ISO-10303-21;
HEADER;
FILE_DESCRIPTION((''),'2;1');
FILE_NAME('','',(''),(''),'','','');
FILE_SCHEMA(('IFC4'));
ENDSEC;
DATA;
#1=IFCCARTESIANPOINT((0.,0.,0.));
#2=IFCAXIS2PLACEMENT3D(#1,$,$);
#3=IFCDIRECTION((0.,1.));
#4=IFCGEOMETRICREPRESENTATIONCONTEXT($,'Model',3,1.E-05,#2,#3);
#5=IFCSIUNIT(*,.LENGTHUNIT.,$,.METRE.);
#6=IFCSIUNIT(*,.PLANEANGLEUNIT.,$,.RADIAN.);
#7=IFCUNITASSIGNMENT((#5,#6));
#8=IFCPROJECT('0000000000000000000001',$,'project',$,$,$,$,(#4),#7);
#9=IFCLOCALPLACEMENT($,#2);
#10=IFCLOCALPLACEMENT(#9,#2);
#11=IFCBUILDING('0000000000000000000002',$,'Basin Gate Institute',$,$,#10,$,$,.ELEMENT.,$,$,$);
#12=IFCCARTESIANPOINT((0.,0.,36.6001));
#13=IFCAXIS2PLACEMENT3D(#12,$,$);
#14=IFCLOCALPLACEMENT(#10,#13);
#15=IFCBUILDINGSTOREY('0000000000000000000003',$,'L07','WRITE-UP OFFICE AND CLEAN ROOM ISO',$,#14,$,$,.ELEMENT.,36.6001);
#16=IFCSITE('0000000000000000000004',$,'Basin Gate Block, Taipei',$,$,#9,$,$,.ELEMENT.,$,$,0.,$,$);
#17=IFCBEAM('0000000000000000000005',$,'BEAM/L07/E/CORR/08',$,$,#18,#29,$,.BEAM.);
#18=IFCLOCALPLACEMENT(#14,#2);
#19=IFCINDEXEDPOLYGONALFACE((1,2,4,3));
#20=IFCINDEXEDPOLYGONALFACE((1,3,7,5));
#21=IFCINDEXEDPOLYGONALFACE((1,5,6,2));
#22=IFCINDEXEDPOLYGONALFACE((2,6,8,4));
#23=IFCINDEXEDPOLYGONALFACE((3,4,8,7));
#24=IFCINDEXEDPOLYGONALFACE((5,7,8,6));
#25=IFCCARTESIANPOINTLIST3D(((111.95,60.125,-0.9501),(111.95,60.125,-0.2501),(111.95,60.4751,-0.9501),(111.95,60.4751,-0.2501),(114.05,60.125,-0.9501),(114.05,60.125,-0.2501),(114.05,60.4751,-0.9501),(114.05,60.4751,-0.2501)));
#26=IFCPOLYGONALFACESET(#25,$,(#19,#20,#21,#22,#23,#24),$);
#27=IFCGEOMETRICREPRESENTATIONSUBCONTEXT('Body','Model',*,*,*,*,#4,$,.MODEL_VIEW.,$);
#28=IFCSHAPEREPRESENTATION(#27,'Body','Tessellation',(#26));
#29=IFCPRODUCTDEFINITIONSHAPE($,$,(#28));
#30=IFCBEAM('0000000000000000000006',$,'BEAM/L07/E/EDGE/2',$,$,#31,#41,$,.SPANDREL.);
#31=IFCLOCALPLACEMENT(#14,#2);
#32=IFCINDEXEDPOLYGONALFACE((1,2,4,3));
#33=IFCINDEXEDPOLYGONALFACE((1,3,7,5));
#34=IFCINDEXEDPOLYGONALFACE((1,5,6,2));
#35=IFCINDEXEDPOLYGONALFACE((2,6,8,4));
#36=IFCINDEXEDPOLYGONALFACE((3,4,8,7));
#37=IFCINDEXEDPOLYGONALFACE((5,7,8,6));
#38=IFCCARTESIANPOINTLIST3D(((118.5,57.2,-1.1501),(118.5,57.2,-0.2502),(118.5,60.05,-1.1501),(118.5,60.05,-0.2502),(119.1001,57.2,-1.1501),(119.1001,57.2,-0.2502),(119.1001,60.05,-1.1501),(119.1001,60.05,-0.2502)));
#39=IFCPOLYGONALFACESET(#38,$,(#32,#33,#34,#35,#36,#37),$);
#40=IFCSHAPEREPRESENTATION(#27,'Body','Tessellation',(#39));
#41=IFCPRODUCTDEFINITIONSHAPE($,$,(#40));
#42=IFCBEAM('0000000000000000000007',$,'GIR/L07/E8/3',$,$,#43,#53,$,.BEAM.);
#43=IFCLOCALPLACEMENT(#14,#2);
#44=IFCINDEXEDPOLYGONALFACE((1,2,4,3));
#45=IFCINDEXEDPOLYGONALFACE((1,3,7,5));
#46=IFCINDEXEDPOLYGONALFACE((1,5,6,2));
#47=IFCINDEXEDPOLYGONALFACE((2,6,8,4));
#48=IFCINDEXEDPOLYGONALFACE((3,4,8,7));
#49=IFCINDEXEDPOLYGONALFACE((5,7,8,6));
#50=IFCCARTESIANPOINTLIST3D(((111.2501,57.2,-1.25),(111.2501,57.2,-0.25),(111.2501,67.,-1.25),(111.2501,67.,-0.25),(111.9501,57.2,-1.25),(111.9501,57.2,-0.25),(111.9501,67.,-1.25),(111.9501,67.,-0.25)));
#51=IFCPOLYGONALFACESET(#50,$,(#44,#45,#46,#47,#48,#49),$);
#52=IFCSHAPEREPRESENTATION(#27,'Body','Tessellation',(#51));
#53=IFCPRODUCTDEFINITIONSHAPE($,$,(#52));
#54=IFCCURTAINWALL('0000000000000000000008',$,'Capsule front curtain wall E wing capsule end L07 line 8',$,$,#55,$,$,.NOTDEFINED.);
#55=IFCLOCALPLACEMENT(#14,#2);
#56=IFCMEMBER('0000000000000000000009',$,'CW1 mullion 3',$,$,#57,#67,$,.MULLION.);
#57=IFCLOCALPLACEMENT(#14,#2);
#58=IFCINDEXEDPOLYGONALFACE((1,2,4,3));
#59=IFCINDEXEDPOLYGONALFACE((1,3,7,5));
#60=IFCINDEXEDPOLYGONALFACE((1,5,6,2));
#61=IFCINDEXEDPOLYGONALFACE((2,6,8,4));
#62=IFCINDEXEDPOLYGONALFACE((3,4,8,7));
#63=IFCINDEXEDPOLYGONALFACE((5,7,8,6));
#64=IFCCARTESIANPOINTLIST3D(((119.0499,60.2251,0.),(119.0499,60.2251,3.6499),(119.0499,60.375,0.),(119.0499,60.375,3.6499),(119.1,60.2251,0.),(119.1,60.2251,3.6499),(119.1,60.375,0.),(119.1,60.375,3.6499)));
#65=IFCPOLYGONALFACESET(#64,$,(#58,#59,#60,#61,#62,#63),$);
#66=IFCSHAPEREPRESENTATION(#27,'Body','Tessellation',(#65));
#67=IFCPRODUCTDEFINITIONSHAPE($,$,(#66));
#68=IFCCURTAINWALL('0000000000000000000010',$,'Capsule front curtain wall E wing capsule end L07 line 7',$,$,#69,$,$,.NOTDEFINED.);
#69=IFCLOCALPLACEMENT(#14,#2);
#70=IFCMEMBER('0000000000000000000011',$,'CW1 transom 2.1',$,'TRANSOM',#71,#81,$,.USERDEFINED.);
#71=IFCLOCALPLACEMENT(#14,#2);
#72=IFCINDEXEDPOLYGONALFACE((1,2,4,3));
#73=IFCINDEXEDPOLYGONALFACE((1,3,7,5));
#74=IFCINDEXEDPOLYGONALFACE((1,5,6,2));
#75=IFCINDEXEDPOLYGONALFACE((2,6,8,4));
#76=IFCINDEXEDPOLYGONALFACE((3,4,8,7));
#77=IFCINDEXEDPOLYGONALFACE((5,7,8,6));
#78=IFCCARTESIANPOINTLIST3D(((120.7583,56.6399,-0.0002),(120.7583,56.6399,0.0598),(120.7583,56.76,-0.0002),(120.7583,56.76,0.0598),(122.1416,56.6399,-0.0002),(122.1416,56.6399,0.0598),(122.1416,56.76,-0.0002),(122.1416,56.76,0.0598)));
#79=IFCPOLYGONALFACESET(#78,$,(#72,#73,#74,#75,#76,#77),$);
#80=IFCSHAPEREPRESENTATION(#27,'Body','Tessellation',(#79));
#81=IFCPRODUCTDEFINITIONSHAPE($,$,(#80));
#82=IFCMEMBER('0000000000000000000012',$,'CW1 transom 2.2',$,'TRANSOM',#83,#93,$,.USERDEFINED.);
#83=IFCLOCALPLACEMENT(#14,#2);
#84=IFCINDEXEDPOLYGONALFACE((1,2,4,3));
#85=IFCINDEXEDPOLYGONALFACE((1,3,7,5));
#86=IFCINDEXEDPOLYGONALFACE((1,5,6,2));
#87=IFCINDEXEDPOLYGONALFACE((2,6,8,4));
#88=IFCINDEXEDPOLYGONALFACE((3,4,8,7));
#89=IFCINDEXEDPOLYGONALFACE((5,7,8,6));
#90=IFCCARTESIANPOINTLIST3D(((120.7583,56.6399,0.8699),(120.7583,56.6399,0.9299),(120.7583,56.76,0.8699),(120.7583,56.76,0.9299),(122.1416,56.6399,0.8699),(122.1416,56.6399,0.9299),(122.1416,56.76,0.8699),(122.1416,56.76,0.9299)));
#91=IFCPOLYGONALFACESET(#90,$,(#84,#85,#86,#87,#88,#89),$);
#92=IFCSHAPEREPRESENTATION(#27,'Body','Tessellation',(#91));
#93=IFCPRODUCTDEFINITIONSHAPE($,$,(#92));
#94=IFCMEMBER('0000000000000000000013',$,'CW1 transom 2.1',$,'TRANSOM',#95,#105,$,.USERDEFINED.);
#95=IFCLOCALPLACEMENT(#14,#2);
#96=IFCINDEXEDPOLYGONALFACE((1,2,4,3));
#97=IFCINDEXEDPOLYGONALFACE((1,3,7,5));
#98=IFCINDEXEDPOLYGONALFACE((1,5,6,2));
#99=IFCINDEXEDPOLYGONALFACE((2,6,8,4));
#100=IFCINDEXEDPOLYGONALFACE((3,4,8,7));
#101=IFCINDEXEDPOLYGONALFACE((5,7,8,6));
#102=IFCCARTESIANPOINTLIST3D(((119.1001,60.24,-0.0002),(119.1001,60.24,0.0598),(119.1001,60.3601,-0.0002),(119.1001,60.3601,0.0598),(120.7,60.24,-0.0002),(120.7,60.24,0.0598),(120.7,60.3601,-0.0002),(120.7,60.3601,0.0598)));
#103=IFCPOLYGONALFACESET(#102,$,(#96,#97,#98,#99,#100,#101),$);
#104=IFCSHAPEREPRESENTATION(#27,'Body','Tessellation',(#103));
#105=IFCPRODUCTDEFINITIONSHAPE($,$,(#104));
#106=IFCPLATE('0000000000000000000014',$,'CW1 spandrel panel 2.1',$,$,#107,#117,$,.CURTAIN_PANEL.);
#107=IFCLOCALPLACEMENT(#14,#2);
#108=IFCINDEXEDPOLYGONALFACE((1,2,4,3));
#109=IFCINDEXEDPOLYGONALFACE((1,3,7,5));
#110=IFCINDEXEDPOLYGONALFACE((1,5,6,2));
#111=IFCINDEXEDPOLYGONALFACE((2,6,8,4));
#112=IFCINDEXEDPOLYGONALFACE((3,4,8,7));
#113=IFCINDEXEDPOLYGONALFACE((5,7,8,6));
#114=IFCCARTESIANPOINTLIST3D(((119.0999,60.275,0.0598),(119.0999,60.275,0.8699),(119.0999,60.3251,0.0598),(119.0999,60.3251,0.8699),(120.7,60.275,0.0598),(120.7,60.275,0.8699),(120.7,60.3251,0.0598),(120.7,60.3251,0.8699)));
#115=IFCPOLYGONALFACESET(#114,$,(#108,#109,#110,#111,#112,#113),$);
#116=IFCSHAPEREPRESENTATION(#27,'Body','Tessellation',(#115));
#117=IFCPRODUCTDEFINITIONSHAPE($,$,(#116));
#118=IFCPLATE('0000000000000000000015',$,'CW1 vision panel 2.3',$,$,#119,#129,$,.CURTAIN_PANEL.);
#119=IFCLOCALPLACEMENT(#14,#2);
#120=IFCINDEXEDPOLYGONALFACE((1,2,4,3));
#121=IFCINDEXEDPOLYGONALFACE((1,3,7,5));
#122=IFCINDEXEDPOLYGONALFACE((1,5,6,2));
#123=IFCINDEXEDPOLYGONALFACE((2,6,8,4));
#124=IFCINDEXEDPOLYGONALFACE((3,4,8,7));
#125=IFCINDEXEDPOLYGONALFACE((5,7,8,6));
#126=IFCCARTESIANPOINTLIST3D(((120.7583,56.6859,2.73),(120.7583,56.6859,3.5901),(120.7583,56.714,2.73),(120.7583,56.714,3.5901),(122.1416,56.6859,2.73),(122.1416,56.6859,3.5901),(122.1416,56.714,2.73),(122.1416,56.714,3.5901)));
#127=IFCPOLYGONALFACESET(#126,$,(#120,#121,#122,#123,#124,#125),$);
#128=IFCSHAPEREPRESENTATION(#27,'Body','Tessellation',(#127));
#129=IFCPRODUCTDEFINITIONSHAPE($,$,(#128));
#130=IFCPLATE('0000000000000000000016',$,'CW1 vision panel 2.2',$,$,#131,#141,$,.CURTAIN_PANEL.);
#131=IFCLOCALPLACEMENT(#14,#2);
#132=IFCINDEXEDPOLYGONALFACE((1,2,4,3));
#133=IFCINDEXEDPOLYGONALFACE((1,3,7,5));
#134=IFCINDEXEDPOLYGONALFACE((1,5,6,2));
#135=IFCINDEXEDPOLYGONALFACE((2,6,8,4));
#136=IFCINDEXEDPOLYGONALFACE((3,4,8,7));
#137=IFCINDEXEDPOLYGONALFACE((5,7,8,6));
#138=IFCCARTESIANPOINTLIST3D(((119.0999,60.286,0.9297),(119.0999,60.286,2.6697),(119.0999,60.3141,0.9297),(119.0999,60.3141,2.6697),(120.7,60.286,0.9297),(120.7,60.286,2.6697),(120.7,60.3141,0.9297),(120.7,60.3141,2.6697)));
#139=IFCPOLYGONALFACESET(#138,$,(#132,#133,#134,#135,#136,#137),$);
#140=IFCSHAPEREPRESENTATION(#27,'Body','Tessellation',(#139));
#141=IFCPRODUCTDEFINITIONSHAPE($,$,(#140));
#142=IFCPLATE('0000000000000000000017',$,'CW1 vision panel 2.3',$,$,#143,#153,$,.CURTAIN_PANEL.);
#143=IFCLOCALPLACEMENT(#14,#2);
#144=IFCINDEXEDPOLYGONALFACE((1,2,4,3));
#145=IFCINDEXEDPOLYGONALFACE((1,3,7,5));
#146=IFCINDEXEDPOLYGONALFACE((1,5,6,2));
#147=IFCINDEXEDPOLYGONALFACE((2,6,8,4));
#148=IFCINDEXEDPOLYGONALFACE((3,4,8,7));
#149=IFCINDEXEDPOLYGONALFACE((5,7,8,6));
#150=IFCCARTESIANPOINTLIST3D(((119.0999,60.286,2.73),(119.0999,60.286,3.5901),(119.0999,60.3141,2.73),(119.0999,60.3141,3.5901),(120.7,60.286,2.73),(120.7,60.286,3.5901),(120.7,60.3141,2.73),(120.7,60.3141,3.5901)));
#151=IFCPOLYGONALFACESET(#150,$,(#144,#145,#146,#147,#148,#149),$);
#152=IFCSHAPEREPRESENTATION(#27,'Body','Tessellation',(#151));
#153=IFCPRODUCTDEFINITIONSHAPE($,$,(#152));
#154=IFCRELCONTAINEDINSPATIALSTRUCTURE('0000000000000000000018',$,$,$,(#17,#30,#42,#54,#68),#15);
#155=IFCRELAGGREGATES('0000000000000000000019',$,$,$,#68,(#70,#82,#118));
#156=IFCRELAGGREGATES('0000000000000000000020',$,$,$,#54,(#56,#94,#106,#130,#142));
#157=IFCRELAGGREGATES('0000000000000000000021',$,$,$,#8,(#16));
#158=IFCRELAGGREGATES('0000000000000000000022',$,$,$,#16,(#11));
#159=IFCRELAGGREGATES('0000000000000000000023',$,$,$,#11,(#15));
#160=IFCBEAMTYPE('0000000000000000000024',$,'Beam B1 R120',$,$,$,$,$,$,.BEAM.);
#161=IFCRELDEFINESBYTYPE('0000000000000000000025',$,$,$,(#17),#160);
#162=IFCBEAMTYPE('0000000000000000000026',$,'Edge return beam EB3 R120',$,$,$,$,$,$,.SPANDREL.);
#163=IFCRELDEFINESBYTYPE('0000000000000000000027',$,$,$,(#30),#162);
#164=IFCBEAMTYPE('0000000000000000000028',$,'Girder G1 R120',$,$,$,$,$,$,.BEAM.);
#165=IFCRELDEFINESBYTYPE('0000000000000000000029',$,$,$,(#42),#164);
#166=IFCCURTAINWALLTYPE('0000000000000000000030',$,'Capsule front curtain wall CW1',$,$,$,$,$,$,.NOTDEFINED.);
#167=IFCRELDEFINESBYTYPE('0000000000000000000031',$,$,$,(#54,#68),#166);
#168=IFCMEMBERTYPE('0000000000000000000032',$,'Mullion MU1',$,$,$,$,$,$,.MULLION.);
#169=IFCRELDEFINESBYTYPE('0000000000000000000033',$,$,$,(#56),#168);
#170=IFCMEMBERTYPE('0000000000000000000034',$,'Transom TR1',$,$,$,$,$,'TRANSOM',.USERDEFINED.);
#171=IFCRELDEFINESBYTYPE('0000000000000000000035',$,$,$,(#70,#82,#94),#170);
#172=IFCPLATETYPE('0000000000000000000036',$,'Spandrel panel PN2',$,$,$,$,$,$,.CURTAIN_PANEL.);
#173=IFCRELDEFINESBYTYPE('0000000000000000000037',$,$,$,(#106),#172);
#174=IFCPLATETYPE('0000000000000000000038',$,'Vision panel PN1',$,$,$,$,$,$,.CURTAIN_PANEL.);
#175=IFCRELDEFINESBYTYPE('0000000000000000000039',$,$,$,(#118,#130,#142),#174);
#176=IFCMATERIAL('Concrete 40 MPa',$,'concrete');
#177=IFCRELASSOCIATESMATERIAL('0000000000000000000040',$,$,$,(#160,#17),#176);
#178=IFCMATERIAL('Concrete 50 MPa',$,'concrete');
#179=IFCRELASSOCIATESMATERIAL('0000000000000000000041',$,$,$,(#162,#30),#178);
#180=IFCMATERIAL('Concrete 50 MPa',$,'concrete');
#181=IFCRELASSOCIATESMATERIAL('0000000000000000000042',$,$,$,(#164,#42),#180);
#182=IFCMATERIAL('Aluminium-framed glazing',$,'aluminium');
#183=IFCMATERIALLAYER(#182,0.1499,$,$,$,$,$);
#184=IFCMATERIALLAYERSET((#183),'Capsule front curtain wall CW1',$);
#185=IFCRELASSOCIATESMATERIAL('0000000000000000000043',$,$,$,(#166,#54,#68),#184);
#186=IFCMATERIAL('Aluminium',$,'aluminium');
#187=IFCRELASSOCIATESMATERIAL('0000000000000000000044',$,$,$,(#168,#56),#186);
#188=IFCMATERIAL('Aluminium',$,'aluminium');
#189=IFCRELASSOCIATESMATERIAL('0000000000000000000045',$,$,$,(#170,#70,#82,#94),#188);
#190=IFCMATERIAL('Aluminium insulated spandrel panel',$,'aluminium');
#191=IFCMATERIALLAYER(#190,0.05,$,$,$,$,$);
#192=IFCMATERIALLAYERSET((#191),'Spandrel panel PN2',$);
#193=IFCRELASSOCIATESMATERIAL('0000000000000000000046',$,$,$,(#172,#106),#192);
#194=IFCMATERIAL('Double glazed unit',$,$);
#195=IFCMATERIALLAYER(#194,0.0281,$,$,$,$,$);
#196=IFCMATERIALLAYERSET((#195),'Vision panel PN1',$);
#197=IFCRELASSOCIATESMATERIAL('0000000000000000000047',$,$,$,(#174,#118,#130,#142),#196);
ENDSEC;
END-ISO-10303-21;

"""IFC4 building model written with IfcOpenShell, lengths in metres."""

from ifc_helpers import new_model, si_unit, direction, frame, origin, origin_2d, place, context, subcontext, project, spatial, rectangle, extrude, material, layer, layer_set, material_profile, profile_set, type_object, element, aggregate, save


model = new_model("IFC4")

# Units and contexts
model_context = context("Model", 3, precision=1e-05, world=origin(), true_north=direction((0.0, 1.0)))
body_context = subcontext(model_context, "Body", "Model", "MODEL_VIEW")
ifc_project = project(units=[si_unit("LENGTHUNIT", "METRE"), si_unit("PLANEANGLEUNIT", "RADIAN")], contexts=[model_context])

# Site, building, storey
site_placement = place(None, origin())
site = spatial("IfcSite", under=ifc_project, at=site_placement, Name="Basin Gate Block, Taipei", CompositionType="ELEMENT", RefElevation=0.0)
building_placement = place(site_placement, origin())
building = spatial("IfcBuilding", under=site, at=building_placement, Name="Basin Gate Institute", CompositionType="ELEMENT")
storey_placement = place(building_placement, frame((0.0, 0.0, 36.6001)))
storey = spatial("IfcBuildingStorey", under=building, at=storey_placement, Name="L07", Description="WRITE-UP OFFICE AND CLEAN ROOM ISO", CompositionType="ELEMENT", Elevation=36.6001)

# Beams
ifc_material_1 = material(Name="Concrete 40 MPa", Category="concrete")
ifc_material_profile_1 = material_profile(ifc_material_1, rectangle(XDim=0.3501, YDim=0.7, at=origin_2d()), Name="Beam B1 350 x 700")
ifc_profile_set_1 = profile_set([ifc_material_profile_1], Name="Concrete 40 MPa")
beam_type_1 = type_object("IfcBeamType", Name="Beam B1 R120", PredefinedType="BEAM", material=ifc_profile_set_1)
beam_1_placement = place(storey_placement, frame((114.05, 60.3, -0.6001), z_axis=(-1.0, 0.0, 0.0), x_axis=(0.0, -1.0, 0.0)))
element("IfcBeam", 1, at=beam_1_placement, inside=storey, type_object=beam_type_1, material=ifc_profile_set_1, Name="BEAM/L07/E/CORR/08", PredefinedType="BEAM", context=body_context, shape_type="SweptSolid", body=[
    extrude(rectangle(XDim=0.3501, YDim=0.7, at=origin_2d()), origin(), (0.0, 0.0, 1.0), 2.1001),
])
ifc_material_2 = material(Name="Concrete 50 MPa", Category="concrete")
ifc_material_profile_2 = material_profile(ifc_material_2, rectangle(XDim=0.6001, YDim=0.8999, at=origin_2d()), Name="Edge return beam EB3 600 x 900")
ifc_profile_set_2 = profile_set([ifc_material_profile_2], Name="Concrete 50 MPa")
beam_type_2 = type_object("IfcBeamType", Name="Edge return beam EB3 R120", PredefinedType="SPANDREL", material=ifc_profile_set_2)
beam_2_placement = place(storey_placement, frame((118.8, 57.2, -0.7002), z_axis=(0.0, 1.0, 0.0), x_axis=(-1.0, 0.0, 0.0)))
element("IfcBeam", 2, at=beam_2_placement, inside=storey, type_object=beam_type_2, material=ifc_profile_set_2, Name="BEAM/L07/E/EDGE/2", PredefinedType="SPANDREL", context=body_context, shape_type="SweptSolid", body=[
    extrude(rectangle(XDim=0.6001, YDim=0.8999, at=origin_2d()), origin(), (0.0, 0.0, 1.0), 2.8501),
])
ifc_material_3 = material(Name="Concrete 50 MPa", Category="concrete")
ifc_material_profile_3 = material_profile(ifc_material_3, rectangle(XDim=0.7, YDim=1.0, at=origin_2d()), Name="Girder G1 700 x 1000")
ifc_profile_set_3 = profile_set([ifc_material_profile_3], Name="Concrete 50 MPa")
beam_type_3 = type_object("IfcBeamType", Name="Girder G1 R120", PredefinedType="BEAM", material=ifc_profile_set_3)
beam_3_placement = place(storey_placement, frame((111.6001, 57.2, -0.75), z_axis=(0.0, 1.0, 0.0), x_axis=(-1.0, 0.0, 0.0)))
element("IfcBeam", 3, at=beam_3_placement, inside=storey, type_object=beam_type_3, material=ifc_profile_set_3, Name="GIR/L07/E8/3", PredefinedType="BEAM", context=body_context, shape_type="SweptSolid", body=[
    extrude(rectangle(XDim=0.7, YDim=1.0, at=origin_2d()), origin(), (0.0, 0.0, 1.0), 9.8),
])

# Curtain wall, member
ifc_material_4 = material(Name="Aluminium-framed glazing", Category="aluminium")
ifc_layer_1 = layer(ifc_material_4, 0.1499)
ifc_layer_set_1 = layer_set([ifc_layer_1], Name="Capsule front curtain wall CW1")
curtain_wall_type = type_object("IfcCurtainWallType", Name="Capsule front curtain wall CW1", PredefinedType="NOTDEFINED", material=ifc_layer_set_1)
curtain_wall_1_placement = place(storey_placement, origin())
curtain_wall_1 = element("IfcCurtainWall", 4, at=curtain_wall_1_placement, inside=storey, type_object=curtain_wall_type, material=ifc_layer_set_1, Name="Capsule front curtain wall E wing capsule end L07 line 8", PredefinedType="NOTDEFINED")
ifc_material_5 = material(Name="Aluminium", Category="aluminium")
ifc_material_profile_4 = material_profile(ifc_material_5, rectangle(XDim=0.1499, YDim=0.05, at=origin_2d()), Name="Mullion MU1 150 x 50")
ifc_profile_set_4 = profile_set([ifc_material_profile_4], Name="Aluminium")
member_type_1 = type_object("IfcMemberType", Name="Mullion MU1", PredefinedType="MULLION", material=ifc_profile_set_4)
member_1_placement = place(storey_placement, frame((119.075, 60.3, 0.0), z_axis=(0.0, 0.0, 1.0), x_axis=(0.0, -1.0, 0.0)))
member_1 = element("IfcMember", 5, at=member_1_placement, type_object=member_type_1, material=ifc_profile_set_4, Name="CW1 mullion 3", PredefinedType="MULLION", context=body_context, shape_type="SweptSolid", body=[
    extrude(rectangle(XDim=0.1499, YDim=0.05, at=origin_2d()), origin(), (0.0, 0.0, 1.0), 3.6499),
])

# Curtain wall, members
curtain_wall_2_placement = place(storey_placement, origin())
curtain_wall_2 = element("IfcCurtainWall", 6, at=curtain_wall_2_placement, inside=storey, type_object=curtain_wall_type, material=ifc_layer_set_1, Name="Capsule front curtain wall E wing capsule end L07 line 7", PredefinedType="NOTDEFINED")
ifc_material_6 = material(Name="Aluminium", Category="aluminium")
ifc_material_profile_5 = material_profile(ifc_material_6, rectangle(XDim=0.1201, YDim=0.0601, at=origin_2d()), Name="Transom TR1 120 x 60")
ifc_profile_set_5 = profile_set([ifc_material_profile_5], Name="Aluminium")
member_type_2 = type_object("IfcMemberType", Name="Transom TR1", ElementType="TRANSOM", PredefinedType="USERDEFINED", material=ifc_profile_set_5)
member_2_placement = place(storey_placement, frame((122.1416, 56.7, 0.0298), z_axis=(-1.0, 0.0, 0.0), x_axis=(0.0, -1.0, 0.0)))
member_2 = element("IfcMember", 7, at=member_2_placement, type_object=member_type_2, material=ifc_profile_set_5, Name="CW1 transom 2.1", ObjectType="TRANSOM", PredefinedType="USERDEFINED", context=body_context, shape_type="SweptSolid", body=[
    extrude(rectangle(XDim=0.1201, YDim=0.0601, at=origin_2d()), origin(), (0.0, 0.0, 1.0), 1.3833),
])
member_3_placement = place(storey_placement, frame((122.1416, 56.7, 0.8999), z_axis=(-1.0, 0.0, 0.0), x_axis=(0.0, -1.0, 0.0)))
member_3 = element("IfcMember", 8, at=member_3_placement, type_object=member_type_2, material=ifc_profile_set_5, Name="CW1 transom 2.2", ObjectType="TRANSOM", PredefinedType="USERDEFINED", context=body_context, shape_type="SweptSolid", body=[
    extrude(rectangle(XDim=0.1201, YDim=0.0601, at=origin_2d()), origin(), (0.0, 0.0, 1.0), 1.3833),
])

# Member
member_4_placement = place(storey_placement, frame((120.7, 60.3, 0.0298), z_axis=(-1.0, 0.0, 0.0), x_axis=(0.0, -1.0, 0.0)))
member_4 = element("IfcMember", 9, at=member_4_placement, type_object=member_type_2, material=ifc_profile_set_5, Name="CW1 transom 2.1", ObjectType="TRANSOM", PredefinedType="USERDEFINED", context=body_context, shape_type="SweptSolid", body=[
    extrude(rectangle(XDim=0.1201, YDim=0.0601, at=origin_2d()), origin(), (0.0, 0.0, 1.0), 1.5999),
])

# Plates
ifc_material_7 = material(Name="Aluminium insulated spandrel panel", Category="aluminium")
ifc_layer_2 = layer(ifc_material_7, 0.05)
ifc_layer_set_2 = layer_set([ifc_layer_2], Name="Spandrel panel PN2")
plate_type_1 = type_object("IfcPlateType", Name="Spandrel panel PN2", PredefinedType="CURTAIN_PANEL", material=ifc_layer_set_2)
plate_1_placement = place(storey_placement, frame((119.8999, 60.3, 0.0598), z_axis=(0.0, 0.0, 1.0), x_axis=(-1.0, 0.0, 0.0)))
plate_1 = element("IfcPlate", 10, at=plate_1_placement, type_object=plate_type_1, material=ifc_layer_set_2, Name="CW1 spandrel panel 2.1", PredefinedType="CURTAIN_PANEL", context=body_context, shape_type="SweptSolid", body=[
    extrude(rectangle(XDim=1.6001, YDim=0.05, at=origin_2d()), origin(), (0.0, 0.0, 1.0), 0.8101),
])
ifc_material_8 = material(Name="Double glazed unit")
ifc_layer_3 = layer(ifc_material_8, 0.0281)
ifc_layer_set_3 = layer_set([ifc_layer_3], Name="Vision panel PN1")
plate_type_2 = type_object("IfcPlateType", Name="Vision panel PN1", PredefinedType="CURTAIN_PANEL", material=ifc_layer_set_3)
plate_2_placement = place(storey_placement, frame((121.45, 56.7, 2.73), z_axis=(0.0, 0.0, 1.0), x_axis=(-1.0, 0.0, 0.0)))
plate_2 = element("IfcPlate", 11, at=plate_2_placement, type_object=plate_type_2, material=ifc_layer_set_3, Name="CW1 vision panel 2.3", PredefinedType="CURTAIN_PANEL", context=body_context, shape_type="SweptSolid", body=[
    extrude(rectangle(XDim=1.3833, YDim=0.0281, at=origin_2d()), origin(), (0.0, 0.0, 1.0), 0.8601),
])
aggregate(curtain_wall_2, [member_2, member_3, plate_2])
plate_3_placement = place(storey_placement, frame((119.8999, 60.3, 0.9297), z_axis=(0.0, 0.0, 1.0), x_axis=(-1.0, 0.0, 0.0)))
plate_3 = element("IfcPlate", 12, at=plate_3_placement, type_object=plate_type_2, material=ifc_layer_set_3, Name="CW1 vision panel 2.2", PredefinedType="CURTAIN_PANEL", context=body_context, shape_type="SweptSolid", body=[
    extrude(rectangle(XDim=1.6001, YDim=0.0281, at=origin_2d()), origin(), (0.0, 0.0, 1.0), 1.74),
])
plate_4_placement = place(storey_placement, frame((119.8999, 60.3, 2.73), z_axis=(0.0, 0.0, 1.0), x_axis=(-1.0, 0.0, 0.0)))
plate_4 = element("IfcPlate", 13, at=plate_4_placement, type_object=plate_type_2, material=ifc_layer_set_3, Name="CW1 vision panel 2.3", PredefinedType="CURTAIN_PANEL", context=body_context, shape_type="SweptSolid", body=[
    extrude(rectangle(XDim=1.6001, YDim=0.0281, at=origin_2d()), origin(), (0.0, 0.0, 1.0), 0.8601),
])
aggregate(curtain_wall_1, [member_1, member_4, plate_1, plate_3, plate_4])

save(model, "model.ifc")
